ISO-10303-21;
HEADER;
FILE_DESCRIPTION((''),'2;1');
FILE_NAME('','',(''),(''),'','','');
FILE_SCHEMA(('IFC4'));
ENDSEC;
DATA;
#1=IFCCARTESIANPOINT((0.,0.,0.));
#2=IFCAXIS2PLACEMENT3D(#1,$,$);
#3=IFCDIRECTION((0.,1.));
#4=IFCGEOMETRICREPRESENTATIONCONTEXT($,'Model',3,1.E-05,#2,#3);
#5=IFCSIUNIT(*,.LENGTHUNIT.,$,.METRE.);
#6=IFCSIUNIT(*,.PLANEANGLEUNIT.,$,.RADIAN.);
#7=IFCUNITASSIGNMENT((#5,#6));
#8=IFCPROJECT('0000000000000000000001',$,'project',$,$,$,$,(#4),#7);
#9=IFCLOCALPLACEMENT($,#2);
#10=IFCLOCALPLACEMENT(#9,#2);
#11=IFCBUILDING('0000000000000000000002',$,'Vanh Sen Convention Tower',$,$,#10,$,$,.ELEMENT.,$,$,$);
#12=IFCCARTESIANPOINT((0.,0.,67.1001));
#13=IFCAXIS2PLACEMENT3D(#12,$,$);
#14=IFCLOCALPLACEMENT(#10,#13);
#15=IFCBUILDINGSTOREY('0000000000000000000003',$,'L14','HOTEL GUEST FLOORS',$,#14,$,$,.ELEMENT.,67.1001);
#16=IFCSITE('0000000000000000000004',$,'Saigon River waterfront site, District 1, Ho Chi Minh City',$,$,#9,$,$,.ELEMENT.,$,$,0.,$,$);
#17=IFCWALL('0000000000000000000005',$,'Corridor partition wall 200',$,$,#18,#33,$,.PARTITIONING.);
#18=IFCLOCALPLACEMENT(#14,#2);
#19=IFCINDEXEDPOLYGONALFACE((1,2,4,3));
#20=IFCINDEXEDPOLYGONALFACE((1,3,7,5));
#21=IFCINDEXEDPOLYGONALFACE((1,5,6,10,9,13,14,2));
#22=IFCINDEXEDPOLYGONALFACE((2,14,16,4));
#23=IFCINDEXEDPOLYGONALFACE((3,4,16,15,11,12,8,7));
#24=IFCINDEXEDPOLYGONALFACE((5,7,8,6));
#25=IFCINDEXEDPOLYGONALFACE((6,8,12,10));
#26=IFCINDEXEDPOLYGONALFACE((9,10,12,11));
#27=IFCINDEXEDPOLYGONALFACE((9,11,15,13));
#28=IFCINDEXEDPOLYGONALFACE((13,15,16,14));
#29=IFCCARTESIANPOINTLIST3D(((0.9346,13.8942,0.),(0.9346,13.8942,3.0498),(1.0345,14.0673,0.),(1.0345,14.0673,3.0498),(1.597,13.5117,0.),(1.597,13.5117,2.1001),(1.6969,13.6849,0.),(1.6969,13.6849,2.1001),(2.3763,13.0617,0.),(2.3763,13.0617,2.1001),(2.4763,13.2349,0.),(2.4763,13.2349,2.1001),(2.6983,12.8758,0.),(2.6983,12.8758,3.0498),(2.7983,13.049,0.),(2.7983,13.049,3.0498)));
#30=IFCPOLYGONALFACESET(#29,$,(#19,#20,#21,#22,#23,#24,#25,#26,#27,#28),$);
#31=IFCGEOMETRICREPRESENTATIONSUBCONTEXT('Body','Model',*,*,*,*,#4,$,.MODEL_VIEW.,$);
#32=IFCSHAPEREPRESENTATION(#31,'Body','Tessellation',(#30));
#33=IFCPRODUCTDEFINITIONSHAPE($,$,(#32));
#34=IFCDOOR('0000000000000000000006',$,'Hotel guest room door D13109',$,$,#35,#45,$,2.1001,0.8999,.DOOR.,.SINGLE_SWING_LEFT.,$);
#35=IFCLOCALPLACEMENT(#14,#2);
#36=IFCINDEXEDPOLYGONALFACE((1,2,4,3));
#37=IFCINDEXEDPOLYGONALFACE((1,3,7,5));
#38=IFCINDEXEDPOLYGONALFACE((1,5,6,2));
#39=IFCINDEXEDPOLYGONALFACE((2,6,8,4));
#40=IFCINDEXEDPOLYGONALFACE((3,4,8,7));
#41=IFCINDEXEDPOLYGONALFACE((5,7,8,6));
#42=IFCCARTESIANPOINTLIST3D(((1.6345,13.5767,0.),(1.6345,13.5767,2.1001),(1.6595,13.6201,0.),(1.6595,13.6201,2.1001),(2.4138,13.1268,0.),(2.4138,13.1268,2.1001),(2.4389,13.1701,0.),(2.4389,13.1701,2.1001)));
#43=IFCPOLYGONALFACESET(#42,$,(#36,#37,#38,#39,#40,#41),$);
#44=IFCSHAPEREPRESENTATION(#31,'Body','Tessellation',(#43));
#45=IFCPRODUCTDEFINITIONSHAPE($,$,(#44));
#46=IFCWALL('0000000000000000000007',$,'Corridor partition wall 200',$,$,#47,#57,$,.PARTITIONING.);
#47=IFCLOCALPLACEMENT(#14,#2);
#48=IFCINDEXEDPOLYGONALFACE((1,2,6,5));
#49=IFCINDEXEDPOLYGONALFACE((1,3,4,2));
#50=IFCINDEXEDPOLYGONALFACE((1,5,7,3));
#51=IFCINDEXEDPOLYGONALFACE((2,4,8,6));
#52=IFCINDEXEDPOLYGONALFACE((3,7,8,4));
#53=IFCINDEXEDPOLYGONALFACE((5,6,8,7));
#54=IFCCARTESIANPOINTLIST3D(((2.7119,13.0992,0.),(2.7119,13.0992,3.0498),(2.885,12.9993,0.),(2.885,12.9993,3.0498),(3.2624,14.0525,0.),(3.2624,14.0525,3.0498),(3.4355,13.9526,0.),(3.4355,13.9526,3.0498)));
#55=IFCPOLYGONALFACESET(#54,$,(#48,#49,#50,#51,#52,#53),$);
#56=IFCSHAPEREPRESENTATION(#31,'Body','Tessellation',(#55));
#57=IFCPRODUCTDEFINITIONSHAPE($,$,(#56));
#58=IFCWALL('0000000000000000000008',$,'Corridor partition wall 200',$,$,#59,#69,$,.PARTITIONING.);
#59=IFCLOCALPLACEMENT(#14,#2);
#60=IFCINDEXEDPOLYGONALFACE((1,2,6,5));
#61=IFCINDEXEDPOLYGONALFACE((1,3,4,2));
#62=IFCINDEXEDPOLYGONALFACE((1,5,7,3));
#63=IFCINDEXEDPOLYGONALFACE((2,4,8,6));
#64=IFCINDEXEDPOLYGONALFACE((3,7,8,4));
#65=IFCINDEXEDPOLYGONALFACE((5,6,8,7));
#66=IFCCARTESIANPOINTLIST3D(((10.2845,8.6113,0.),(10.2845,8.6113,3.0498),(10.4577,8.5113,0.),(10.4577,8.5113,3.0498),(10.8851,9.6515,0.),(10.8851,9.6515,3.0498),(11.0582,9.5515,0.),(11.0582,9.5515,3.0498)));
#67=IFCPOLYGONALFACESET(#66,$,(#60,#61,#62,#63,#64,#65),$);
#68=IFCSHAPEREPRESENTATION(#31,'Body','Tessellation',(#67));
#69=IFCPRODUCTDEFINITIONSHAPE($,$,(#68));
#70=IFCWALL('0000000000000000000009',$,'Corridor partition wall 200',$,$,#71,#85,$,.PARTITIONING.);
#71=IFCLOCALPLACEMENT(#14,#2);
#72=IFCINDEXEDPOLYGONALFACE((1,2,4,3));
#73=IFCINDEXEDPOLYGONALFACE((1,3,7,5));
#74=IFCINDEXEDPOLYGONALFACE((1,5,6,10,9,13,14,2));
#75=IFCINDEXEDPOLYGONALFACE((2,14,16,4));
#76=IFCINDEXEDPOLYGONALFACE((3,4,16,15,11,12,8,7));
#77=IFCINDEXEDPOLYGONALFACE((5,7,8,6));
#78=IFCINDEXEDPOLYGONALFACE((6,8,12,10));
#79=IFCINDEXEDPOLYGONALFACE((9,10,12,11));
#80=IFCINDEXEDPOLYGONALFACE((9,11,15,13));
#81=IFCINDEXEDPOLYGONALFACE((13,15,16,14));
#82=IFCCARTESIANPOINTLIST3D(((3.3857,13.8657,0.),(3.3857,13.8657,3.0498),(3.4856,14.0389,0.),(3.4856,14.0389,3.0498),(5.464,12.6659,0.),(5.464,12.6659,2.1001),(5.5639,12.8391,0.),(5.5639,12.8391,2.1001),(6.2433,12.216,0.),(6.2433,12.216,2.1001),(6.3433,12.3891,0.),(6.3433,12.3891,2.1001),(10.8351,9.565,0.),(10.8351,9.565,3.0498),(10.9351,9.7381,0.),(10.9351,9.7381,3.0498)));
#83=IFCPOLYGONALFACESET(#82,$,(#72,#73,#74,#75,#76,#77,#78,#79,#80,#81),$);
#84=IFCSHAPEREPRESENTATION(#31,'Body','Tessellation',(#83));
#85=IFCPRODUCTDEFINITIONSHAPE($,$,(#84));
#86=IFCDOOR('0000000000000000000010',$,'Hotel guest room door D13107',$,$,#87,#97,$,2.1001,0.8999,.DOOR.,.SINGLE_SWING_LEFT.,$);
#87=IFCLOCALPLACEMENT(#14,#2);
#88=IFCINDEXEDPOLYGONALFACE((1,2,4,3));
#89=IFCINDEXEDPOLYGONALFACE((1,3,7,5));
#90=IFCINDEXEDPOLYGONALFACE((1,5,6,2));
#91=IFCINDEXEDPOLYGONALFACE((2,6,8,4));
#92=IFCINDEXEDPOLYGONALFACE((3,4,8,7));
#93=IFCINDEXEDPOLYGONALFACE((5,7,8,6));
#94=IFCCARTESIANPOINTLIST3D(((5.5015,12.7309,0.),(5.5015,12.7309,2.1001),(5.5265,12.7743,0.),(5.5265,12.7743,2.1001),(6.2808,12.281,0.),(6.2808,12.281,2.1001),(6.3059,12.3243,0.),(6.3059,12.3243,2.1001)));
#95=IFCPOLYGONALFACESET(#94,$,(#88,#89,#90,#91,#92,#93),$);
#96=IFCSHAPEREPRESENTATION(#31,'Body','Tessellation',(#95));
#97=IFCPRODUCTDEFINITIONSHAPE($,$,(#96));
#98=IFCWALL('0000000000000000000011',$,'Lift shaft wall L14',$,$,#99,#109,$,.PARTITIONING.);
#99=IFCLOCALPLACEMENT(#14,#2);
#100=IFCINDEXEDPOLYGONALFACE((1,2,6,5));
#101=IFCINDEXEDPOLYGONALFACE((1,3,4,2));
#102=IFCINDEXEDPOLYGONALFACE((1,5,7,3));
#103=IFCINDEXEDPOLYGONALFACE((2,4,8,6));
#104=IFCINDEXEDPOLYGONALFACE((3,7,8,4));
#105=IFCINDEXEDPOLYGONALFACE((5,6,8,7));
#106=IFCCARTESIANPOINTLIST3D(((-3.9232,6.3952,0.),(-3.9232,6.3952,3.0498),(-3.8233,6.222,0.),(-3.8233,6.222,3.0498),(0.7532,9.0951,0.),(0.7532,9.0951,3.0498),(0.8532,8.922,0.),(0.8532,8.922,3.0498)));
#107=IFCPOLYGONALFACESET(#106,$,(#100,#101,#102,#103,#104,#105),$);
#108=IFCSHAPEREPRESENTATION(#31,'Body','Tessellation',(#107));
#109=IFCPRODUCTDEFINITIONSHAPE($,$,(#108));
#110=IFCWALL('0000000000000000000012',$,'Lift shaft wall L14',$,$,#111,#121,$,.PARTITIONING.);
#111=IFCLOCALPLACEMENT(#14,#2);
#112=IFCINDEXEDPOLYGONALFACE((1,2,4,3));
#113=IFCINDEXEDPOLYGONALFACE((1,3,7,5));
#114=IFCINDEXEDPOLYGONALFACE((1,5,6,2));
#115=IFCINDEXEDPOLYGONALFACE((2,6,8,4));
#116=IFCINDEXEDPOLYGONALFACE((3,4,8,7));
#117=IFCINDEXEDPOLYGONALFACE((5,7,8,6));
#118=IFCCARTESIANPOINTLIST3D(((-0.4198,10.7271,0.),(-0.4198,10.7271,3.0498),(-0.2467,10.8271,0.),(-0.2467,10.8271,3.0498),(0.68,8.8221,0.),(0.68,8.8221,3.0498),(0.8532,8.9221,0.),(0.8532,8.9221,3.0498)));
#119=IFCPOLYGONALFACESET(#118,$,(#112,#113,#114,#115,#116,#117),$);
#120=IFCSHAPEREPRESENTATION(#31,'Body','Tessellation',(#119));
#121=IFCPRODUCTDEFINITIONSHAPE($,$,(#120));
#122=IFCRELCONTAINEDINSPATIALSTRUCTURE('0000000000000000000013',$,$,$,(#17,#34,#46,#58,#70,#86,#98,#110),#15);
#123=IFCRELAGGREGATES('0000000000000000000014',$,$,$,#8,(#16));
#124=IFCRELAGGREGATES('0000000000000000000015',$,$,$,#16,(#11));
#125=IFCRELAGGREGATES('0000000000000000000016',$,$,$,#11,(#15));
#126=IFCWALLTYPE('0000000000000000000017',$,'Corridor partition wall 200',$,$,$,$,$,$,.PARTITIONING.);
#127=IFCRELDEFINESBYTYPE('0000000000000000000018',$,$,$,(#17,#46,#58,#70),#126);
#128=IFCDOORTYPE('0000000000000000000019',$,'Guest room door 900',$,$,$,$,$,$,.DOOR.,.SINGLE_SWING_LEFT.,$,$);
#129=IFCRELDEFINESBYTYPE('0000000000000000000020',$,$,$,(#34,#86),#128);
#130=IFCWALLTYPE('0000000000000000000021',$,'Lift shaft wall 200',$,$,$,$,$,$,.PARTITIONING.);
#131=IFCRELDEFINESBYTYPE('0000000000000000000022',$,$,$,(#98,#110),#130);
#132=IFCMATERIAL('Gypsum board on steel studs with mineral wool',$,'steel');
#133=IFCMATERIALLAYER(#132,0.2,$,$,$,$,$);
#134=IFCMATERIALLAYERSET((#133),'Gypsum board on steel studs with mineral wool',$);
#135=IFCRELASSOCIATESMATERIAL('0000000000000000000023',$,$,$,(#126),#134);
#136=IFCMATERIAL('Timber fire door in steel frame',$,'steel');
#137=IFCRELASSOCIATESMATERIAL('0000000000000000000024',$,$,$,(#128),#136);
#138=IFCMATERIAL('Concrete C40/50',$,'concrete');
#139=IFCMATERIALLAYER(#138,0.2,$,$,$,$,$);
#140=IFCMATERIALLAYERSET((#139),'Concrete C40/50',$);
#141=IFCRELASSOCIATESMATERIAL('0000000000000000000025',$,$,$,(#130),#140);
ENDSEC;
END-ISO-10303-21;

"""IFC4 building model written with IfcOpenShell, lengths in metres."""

from ifc_helpers import new_model, si_unit, direction, frame, frame_2d, origin, place, context, subcontext, project, spatial, rectangle, extrude, material, layer, layer_set, type_object, element, fill, save


model = new_model("IFC4")

# Units and contexts
model_context = context("Model", 3, precision=1e-05, world=origin(), true_north=direction((0.0, 1.0)))
body_context = subcontext(model_context, "Body", "Model", "MODEL_VIEW")
ifc_project = project(units=[si_unit("LENGTHUNIT", "METRE"), si_unit("PLANEANGLEUNIT", "RADIAN")], contexts=[model_context])

# Site, building, storey
site_placement = place(None, origin())
site = spatial("IfcSite", under=ifc_project, at=site_placement, Name="Saigon River waterfront site, District 1, Ho Chi Minh City", CompositionType="ELEMENT", RefElevation=0.0)
building_placement = place(site_placement, origin())
building = spatial("IfcBuilding", under=site, at=building_placement, Name="Vanh Sen Convention Tower", CompositionType="ELEMENT")
storey_placement = place(building_placement, frame((0.0, 0.0, 67.1001)))
storey = spatial("IfcBuildingStorey", under=building, at=storey_placement, Name="L14", Description="HOTEL GUEST FLOORS", CompositionType="ELEMENT", Elevation=67.1001)

# Shared definitions
ifc_material_1 = material(Name="Gypsum board on steel studs with mineral wool", Category="steel")
ifc_layer_1 = layer(ifc_material_1, 0.2)
ifc_layer_set_1 = layer_set([ifc_layer_1], Name="Gypsum board on steel studs with mineral wool")
wall_type_1 = type_object("IfcWallType", Name="Corridor partition wall 200", PredefinedType="PARTITIONING", material=ifc_layer_set_1)

# Wall, opening, door
ifc_material_2 = material(Name="Timber fire door in steel frame", Category="steel")
door_type_1 = type_object("IfcDoorType", Name="Guest room door 900", OperationType="SINGLE_SWING_LEFT", PredefinedType="DOOR", material=ifc_material_2)
wall_1_placement = place(storey_placement, frame((2.7483, 12.9624, 0.0), z_axis=(0.0, 0.0, 1.0), x_axis=(-0.866014, 0.50002, 0.0)))
wall_1 = element("IfcWall", 1, at=wall_1_placement, inside=storey, type_object=wall_type_1, Name="Corridor partition wall 200", PredefinedType="PARTITIONING", context=body_context, shape_type="SweptSolid", body=[
    extrude(rectangle(XDim=2.0366, YDim=0.2, at=frame_2d((1.0183, 0.0))), origin(), (0.0, 0.0, 1.0), 3.0498),
])
opening_1_placement = place(wall_1_placement, frame((0.3718, 0.0, 0.0)))
opening_1 = element("IfcOpeningElement", 2, at=opening_1_placement, cuts=wall_1, PredefinedType="OPENING", context=body_context, shape_type="SweptSolid", body=[
    extrude(rectangle(XDim=0.8999, YDim=2.1001, at=frame_2d((0.45, 1.05))), frame((0.0, 0.1099, 0.0), z_axis=(0.0, -1.0, 0.0), x_axis=(1.0, 0.0, 0.0)), (0.0, 0.0, 1.0), 0.22),
])
door_1_placement = place(opening_1_placement, origin())
door_1 = element("IfcDoor", 3, at=door_1_placement, inside=storey, type_object=door_type_1, Name="Hotel guest room door D13109", OperationType="SINGLE_SWING_LEFT", OverallHeight=2.1001, OverallWidth=0.8999, PredefinedType="DOOR", context=body_context, shape_type="SweptSolid", body=[
    extrude(rectangle(XDim=0.8999, YDim=2.1001, at=frame_2d((0.45, 1.05))), frame((0.0, 0.0249, 0.0), z_axis=(0.0, -1.0, 0.0), x_axis=(1.0, 0.0, 0.0)), (0.0, 0.0, 1.0), 0.05),
])
fill(opening_1, door_1)

# Walls
wall_2_placement = place(storey_placement, frame((3.3489, 14.0024, 0.0), z_axis=(0.0, 0.0, 1.0), x_axis=(-0.500074, -0.865982, 0.0)))
element("IfcWall", 4, at=wall_2_placement, inside=storey, type_object=wall_type_1, Name="Corridor partition wall 200", PredefinedType="PARTITIONING", context=body_context, shape_type="SweptSolid", body=[
    extrude(rectangle(XDim=1.1008, YDim=0.2, at=frame_2d((0.5503, 0.0))), origin(), (0.0, 0.0, 1.0), 3.0498),
])
wall_3_placement = place(storey_placement, frame((10.3711, 8.5613, 0.0), z_axis=(0.0, 0.0, 1.0), x_axis=(0.499986, 0.866033, 0.0)))
element("IfcWall", 5, at=wall_3_placement, inside=storey, type_object=wall_type_1, Name="Corridor partition wall 200", PredefinedType="PARTITIONING", context=body_context, shape_type="SweptSolid", body=[
    extrude(rectangle(XDim=1.2012, YDim=0.2, at=frame_2d((0.6006, 0.0))), origin(), (0.0, 0.0, 1.0), 3.0498),
])

# Wall, opening, door
wall_4_placement = place(storey_placement, frame((10.885, 9.6516, 0.0), z_axis=(0.0, 0.0, 1.0), x_axis=(-0.866034, 0.499985, 0.0)))
wall_4 = element("IfcWall", 6, at=wall_4_placement, inside=storey, type_object=wall_type_1, Name="Corridor partition wall 200", PredefinedType="PARTITIONING", context=body_context, shape_type="SweptSolid", body=[
    extrude(rectangle(XDim=8.6018, YDim=0.2, at=frame_2d((4.3008, 0.0))), origin(), (0.0, 0.0, 1.0), 3.0498),
])
opening_2_placement = place(wall_4_placement, frame((5.302, 0.0, 0.0)))
opening_2 = element("IfcOpeningElement", 7, at=opening_2_placement, cuts=wall_4, PredefinedType="OPENING", context=body_context, shape_type="SweptSolid", body=[
    extrude(rectangle(XDim=0.8999, YDim=2.1001, at=frame_2d((0.45, 1.05))), frame((0.0, 0.1099, 0.0), z_axis=(0.0, -1.0, 0.0), x_axis=(1.0, 0.0, 0.0)), (0.0, 0.0, 1.0), 0.22),
])
door_2_placement = place(opening_2_placement, origin())
door_2 = element("IfcDoor", 8, at=door_2_placement, inside=storey, type_object=door_type_1, Name="Hotel guest room door D13107", OperationType="SINGLE_SWING_LEFT", OverallHeight=2.1001, OverallWidth=0.8999, PredefinedType="DOOR", context=body_context, shape_type="SweptSolid", body=[
    extrude(rectangle(XDim=0.8999, YDim=2.1001, at=frame_2d((0.45, 1.05))), frame((0.0, 0.0249, 0.0), z_axis=(0.0, -1.0, 0.0), x_axis=(1.0, 0.0, 0.0)), (0.0, 0.0, 1.0), 0.05),
])
fill(opening_2, door_2)

# Walls
ifc_material_3 = material(Name="Concrete C40/50", Category="concrete")
ifc_layer_2 = layer(ifc_material_3, 0.2)
ifc_layer_set_2 = layer_set([ifc_layer_2], Name="Concrete C40/50")
wall_type_2 = type_object("IfcWallType", Name="Lift shaft wall 200", PredefinedType="PARTITIONING", material=ifc_layer_set_2)
wall_5_placement = place(storey_placement, frame((0.8032, 9.0085, 0.0), z_axis=(0.0, 0.0, 1.0), x_axis=(-0.866028, -0.499995, 0.0)))
element("IfcWall", 9, at=wall_5_placement, inside=storey, type_object=wall_type_2, Name="Lift shaft wall L14", PredefinedType="PARTITIONING", context=body_context, shape_type="SweptSolid", body=[
    extrude(rectangle(XDim=5.3999, YDim=0.2, at=frame_2d((2.7, 0.0))), origin(), (0.0, 0.0, 1.0), 3.0498),
])
wall_6_placement = place(storey_placement, frame((0.7666, 8.8721, 0.0), z_axis=(0.0, 0.0, 1.0), x_axis=(-0.499995, 0.866028, 0.0)))
element("IfcWall", 10, at=wall_6_placement, inside=storey, type_object=wall_type_2, Name="Lift shaft wall L14", PredefinedType="PARTITIONING", context=body_context, shape_type="SweptSolid", body=[
    extrude(rectangle(XDim=2.1997, YDim=0.2, at=frame_2d((1.0999, 0.0))), origin(), (0.0, 0.0, 1.0), 3.0498),
])

save(model, "model.ifc")
